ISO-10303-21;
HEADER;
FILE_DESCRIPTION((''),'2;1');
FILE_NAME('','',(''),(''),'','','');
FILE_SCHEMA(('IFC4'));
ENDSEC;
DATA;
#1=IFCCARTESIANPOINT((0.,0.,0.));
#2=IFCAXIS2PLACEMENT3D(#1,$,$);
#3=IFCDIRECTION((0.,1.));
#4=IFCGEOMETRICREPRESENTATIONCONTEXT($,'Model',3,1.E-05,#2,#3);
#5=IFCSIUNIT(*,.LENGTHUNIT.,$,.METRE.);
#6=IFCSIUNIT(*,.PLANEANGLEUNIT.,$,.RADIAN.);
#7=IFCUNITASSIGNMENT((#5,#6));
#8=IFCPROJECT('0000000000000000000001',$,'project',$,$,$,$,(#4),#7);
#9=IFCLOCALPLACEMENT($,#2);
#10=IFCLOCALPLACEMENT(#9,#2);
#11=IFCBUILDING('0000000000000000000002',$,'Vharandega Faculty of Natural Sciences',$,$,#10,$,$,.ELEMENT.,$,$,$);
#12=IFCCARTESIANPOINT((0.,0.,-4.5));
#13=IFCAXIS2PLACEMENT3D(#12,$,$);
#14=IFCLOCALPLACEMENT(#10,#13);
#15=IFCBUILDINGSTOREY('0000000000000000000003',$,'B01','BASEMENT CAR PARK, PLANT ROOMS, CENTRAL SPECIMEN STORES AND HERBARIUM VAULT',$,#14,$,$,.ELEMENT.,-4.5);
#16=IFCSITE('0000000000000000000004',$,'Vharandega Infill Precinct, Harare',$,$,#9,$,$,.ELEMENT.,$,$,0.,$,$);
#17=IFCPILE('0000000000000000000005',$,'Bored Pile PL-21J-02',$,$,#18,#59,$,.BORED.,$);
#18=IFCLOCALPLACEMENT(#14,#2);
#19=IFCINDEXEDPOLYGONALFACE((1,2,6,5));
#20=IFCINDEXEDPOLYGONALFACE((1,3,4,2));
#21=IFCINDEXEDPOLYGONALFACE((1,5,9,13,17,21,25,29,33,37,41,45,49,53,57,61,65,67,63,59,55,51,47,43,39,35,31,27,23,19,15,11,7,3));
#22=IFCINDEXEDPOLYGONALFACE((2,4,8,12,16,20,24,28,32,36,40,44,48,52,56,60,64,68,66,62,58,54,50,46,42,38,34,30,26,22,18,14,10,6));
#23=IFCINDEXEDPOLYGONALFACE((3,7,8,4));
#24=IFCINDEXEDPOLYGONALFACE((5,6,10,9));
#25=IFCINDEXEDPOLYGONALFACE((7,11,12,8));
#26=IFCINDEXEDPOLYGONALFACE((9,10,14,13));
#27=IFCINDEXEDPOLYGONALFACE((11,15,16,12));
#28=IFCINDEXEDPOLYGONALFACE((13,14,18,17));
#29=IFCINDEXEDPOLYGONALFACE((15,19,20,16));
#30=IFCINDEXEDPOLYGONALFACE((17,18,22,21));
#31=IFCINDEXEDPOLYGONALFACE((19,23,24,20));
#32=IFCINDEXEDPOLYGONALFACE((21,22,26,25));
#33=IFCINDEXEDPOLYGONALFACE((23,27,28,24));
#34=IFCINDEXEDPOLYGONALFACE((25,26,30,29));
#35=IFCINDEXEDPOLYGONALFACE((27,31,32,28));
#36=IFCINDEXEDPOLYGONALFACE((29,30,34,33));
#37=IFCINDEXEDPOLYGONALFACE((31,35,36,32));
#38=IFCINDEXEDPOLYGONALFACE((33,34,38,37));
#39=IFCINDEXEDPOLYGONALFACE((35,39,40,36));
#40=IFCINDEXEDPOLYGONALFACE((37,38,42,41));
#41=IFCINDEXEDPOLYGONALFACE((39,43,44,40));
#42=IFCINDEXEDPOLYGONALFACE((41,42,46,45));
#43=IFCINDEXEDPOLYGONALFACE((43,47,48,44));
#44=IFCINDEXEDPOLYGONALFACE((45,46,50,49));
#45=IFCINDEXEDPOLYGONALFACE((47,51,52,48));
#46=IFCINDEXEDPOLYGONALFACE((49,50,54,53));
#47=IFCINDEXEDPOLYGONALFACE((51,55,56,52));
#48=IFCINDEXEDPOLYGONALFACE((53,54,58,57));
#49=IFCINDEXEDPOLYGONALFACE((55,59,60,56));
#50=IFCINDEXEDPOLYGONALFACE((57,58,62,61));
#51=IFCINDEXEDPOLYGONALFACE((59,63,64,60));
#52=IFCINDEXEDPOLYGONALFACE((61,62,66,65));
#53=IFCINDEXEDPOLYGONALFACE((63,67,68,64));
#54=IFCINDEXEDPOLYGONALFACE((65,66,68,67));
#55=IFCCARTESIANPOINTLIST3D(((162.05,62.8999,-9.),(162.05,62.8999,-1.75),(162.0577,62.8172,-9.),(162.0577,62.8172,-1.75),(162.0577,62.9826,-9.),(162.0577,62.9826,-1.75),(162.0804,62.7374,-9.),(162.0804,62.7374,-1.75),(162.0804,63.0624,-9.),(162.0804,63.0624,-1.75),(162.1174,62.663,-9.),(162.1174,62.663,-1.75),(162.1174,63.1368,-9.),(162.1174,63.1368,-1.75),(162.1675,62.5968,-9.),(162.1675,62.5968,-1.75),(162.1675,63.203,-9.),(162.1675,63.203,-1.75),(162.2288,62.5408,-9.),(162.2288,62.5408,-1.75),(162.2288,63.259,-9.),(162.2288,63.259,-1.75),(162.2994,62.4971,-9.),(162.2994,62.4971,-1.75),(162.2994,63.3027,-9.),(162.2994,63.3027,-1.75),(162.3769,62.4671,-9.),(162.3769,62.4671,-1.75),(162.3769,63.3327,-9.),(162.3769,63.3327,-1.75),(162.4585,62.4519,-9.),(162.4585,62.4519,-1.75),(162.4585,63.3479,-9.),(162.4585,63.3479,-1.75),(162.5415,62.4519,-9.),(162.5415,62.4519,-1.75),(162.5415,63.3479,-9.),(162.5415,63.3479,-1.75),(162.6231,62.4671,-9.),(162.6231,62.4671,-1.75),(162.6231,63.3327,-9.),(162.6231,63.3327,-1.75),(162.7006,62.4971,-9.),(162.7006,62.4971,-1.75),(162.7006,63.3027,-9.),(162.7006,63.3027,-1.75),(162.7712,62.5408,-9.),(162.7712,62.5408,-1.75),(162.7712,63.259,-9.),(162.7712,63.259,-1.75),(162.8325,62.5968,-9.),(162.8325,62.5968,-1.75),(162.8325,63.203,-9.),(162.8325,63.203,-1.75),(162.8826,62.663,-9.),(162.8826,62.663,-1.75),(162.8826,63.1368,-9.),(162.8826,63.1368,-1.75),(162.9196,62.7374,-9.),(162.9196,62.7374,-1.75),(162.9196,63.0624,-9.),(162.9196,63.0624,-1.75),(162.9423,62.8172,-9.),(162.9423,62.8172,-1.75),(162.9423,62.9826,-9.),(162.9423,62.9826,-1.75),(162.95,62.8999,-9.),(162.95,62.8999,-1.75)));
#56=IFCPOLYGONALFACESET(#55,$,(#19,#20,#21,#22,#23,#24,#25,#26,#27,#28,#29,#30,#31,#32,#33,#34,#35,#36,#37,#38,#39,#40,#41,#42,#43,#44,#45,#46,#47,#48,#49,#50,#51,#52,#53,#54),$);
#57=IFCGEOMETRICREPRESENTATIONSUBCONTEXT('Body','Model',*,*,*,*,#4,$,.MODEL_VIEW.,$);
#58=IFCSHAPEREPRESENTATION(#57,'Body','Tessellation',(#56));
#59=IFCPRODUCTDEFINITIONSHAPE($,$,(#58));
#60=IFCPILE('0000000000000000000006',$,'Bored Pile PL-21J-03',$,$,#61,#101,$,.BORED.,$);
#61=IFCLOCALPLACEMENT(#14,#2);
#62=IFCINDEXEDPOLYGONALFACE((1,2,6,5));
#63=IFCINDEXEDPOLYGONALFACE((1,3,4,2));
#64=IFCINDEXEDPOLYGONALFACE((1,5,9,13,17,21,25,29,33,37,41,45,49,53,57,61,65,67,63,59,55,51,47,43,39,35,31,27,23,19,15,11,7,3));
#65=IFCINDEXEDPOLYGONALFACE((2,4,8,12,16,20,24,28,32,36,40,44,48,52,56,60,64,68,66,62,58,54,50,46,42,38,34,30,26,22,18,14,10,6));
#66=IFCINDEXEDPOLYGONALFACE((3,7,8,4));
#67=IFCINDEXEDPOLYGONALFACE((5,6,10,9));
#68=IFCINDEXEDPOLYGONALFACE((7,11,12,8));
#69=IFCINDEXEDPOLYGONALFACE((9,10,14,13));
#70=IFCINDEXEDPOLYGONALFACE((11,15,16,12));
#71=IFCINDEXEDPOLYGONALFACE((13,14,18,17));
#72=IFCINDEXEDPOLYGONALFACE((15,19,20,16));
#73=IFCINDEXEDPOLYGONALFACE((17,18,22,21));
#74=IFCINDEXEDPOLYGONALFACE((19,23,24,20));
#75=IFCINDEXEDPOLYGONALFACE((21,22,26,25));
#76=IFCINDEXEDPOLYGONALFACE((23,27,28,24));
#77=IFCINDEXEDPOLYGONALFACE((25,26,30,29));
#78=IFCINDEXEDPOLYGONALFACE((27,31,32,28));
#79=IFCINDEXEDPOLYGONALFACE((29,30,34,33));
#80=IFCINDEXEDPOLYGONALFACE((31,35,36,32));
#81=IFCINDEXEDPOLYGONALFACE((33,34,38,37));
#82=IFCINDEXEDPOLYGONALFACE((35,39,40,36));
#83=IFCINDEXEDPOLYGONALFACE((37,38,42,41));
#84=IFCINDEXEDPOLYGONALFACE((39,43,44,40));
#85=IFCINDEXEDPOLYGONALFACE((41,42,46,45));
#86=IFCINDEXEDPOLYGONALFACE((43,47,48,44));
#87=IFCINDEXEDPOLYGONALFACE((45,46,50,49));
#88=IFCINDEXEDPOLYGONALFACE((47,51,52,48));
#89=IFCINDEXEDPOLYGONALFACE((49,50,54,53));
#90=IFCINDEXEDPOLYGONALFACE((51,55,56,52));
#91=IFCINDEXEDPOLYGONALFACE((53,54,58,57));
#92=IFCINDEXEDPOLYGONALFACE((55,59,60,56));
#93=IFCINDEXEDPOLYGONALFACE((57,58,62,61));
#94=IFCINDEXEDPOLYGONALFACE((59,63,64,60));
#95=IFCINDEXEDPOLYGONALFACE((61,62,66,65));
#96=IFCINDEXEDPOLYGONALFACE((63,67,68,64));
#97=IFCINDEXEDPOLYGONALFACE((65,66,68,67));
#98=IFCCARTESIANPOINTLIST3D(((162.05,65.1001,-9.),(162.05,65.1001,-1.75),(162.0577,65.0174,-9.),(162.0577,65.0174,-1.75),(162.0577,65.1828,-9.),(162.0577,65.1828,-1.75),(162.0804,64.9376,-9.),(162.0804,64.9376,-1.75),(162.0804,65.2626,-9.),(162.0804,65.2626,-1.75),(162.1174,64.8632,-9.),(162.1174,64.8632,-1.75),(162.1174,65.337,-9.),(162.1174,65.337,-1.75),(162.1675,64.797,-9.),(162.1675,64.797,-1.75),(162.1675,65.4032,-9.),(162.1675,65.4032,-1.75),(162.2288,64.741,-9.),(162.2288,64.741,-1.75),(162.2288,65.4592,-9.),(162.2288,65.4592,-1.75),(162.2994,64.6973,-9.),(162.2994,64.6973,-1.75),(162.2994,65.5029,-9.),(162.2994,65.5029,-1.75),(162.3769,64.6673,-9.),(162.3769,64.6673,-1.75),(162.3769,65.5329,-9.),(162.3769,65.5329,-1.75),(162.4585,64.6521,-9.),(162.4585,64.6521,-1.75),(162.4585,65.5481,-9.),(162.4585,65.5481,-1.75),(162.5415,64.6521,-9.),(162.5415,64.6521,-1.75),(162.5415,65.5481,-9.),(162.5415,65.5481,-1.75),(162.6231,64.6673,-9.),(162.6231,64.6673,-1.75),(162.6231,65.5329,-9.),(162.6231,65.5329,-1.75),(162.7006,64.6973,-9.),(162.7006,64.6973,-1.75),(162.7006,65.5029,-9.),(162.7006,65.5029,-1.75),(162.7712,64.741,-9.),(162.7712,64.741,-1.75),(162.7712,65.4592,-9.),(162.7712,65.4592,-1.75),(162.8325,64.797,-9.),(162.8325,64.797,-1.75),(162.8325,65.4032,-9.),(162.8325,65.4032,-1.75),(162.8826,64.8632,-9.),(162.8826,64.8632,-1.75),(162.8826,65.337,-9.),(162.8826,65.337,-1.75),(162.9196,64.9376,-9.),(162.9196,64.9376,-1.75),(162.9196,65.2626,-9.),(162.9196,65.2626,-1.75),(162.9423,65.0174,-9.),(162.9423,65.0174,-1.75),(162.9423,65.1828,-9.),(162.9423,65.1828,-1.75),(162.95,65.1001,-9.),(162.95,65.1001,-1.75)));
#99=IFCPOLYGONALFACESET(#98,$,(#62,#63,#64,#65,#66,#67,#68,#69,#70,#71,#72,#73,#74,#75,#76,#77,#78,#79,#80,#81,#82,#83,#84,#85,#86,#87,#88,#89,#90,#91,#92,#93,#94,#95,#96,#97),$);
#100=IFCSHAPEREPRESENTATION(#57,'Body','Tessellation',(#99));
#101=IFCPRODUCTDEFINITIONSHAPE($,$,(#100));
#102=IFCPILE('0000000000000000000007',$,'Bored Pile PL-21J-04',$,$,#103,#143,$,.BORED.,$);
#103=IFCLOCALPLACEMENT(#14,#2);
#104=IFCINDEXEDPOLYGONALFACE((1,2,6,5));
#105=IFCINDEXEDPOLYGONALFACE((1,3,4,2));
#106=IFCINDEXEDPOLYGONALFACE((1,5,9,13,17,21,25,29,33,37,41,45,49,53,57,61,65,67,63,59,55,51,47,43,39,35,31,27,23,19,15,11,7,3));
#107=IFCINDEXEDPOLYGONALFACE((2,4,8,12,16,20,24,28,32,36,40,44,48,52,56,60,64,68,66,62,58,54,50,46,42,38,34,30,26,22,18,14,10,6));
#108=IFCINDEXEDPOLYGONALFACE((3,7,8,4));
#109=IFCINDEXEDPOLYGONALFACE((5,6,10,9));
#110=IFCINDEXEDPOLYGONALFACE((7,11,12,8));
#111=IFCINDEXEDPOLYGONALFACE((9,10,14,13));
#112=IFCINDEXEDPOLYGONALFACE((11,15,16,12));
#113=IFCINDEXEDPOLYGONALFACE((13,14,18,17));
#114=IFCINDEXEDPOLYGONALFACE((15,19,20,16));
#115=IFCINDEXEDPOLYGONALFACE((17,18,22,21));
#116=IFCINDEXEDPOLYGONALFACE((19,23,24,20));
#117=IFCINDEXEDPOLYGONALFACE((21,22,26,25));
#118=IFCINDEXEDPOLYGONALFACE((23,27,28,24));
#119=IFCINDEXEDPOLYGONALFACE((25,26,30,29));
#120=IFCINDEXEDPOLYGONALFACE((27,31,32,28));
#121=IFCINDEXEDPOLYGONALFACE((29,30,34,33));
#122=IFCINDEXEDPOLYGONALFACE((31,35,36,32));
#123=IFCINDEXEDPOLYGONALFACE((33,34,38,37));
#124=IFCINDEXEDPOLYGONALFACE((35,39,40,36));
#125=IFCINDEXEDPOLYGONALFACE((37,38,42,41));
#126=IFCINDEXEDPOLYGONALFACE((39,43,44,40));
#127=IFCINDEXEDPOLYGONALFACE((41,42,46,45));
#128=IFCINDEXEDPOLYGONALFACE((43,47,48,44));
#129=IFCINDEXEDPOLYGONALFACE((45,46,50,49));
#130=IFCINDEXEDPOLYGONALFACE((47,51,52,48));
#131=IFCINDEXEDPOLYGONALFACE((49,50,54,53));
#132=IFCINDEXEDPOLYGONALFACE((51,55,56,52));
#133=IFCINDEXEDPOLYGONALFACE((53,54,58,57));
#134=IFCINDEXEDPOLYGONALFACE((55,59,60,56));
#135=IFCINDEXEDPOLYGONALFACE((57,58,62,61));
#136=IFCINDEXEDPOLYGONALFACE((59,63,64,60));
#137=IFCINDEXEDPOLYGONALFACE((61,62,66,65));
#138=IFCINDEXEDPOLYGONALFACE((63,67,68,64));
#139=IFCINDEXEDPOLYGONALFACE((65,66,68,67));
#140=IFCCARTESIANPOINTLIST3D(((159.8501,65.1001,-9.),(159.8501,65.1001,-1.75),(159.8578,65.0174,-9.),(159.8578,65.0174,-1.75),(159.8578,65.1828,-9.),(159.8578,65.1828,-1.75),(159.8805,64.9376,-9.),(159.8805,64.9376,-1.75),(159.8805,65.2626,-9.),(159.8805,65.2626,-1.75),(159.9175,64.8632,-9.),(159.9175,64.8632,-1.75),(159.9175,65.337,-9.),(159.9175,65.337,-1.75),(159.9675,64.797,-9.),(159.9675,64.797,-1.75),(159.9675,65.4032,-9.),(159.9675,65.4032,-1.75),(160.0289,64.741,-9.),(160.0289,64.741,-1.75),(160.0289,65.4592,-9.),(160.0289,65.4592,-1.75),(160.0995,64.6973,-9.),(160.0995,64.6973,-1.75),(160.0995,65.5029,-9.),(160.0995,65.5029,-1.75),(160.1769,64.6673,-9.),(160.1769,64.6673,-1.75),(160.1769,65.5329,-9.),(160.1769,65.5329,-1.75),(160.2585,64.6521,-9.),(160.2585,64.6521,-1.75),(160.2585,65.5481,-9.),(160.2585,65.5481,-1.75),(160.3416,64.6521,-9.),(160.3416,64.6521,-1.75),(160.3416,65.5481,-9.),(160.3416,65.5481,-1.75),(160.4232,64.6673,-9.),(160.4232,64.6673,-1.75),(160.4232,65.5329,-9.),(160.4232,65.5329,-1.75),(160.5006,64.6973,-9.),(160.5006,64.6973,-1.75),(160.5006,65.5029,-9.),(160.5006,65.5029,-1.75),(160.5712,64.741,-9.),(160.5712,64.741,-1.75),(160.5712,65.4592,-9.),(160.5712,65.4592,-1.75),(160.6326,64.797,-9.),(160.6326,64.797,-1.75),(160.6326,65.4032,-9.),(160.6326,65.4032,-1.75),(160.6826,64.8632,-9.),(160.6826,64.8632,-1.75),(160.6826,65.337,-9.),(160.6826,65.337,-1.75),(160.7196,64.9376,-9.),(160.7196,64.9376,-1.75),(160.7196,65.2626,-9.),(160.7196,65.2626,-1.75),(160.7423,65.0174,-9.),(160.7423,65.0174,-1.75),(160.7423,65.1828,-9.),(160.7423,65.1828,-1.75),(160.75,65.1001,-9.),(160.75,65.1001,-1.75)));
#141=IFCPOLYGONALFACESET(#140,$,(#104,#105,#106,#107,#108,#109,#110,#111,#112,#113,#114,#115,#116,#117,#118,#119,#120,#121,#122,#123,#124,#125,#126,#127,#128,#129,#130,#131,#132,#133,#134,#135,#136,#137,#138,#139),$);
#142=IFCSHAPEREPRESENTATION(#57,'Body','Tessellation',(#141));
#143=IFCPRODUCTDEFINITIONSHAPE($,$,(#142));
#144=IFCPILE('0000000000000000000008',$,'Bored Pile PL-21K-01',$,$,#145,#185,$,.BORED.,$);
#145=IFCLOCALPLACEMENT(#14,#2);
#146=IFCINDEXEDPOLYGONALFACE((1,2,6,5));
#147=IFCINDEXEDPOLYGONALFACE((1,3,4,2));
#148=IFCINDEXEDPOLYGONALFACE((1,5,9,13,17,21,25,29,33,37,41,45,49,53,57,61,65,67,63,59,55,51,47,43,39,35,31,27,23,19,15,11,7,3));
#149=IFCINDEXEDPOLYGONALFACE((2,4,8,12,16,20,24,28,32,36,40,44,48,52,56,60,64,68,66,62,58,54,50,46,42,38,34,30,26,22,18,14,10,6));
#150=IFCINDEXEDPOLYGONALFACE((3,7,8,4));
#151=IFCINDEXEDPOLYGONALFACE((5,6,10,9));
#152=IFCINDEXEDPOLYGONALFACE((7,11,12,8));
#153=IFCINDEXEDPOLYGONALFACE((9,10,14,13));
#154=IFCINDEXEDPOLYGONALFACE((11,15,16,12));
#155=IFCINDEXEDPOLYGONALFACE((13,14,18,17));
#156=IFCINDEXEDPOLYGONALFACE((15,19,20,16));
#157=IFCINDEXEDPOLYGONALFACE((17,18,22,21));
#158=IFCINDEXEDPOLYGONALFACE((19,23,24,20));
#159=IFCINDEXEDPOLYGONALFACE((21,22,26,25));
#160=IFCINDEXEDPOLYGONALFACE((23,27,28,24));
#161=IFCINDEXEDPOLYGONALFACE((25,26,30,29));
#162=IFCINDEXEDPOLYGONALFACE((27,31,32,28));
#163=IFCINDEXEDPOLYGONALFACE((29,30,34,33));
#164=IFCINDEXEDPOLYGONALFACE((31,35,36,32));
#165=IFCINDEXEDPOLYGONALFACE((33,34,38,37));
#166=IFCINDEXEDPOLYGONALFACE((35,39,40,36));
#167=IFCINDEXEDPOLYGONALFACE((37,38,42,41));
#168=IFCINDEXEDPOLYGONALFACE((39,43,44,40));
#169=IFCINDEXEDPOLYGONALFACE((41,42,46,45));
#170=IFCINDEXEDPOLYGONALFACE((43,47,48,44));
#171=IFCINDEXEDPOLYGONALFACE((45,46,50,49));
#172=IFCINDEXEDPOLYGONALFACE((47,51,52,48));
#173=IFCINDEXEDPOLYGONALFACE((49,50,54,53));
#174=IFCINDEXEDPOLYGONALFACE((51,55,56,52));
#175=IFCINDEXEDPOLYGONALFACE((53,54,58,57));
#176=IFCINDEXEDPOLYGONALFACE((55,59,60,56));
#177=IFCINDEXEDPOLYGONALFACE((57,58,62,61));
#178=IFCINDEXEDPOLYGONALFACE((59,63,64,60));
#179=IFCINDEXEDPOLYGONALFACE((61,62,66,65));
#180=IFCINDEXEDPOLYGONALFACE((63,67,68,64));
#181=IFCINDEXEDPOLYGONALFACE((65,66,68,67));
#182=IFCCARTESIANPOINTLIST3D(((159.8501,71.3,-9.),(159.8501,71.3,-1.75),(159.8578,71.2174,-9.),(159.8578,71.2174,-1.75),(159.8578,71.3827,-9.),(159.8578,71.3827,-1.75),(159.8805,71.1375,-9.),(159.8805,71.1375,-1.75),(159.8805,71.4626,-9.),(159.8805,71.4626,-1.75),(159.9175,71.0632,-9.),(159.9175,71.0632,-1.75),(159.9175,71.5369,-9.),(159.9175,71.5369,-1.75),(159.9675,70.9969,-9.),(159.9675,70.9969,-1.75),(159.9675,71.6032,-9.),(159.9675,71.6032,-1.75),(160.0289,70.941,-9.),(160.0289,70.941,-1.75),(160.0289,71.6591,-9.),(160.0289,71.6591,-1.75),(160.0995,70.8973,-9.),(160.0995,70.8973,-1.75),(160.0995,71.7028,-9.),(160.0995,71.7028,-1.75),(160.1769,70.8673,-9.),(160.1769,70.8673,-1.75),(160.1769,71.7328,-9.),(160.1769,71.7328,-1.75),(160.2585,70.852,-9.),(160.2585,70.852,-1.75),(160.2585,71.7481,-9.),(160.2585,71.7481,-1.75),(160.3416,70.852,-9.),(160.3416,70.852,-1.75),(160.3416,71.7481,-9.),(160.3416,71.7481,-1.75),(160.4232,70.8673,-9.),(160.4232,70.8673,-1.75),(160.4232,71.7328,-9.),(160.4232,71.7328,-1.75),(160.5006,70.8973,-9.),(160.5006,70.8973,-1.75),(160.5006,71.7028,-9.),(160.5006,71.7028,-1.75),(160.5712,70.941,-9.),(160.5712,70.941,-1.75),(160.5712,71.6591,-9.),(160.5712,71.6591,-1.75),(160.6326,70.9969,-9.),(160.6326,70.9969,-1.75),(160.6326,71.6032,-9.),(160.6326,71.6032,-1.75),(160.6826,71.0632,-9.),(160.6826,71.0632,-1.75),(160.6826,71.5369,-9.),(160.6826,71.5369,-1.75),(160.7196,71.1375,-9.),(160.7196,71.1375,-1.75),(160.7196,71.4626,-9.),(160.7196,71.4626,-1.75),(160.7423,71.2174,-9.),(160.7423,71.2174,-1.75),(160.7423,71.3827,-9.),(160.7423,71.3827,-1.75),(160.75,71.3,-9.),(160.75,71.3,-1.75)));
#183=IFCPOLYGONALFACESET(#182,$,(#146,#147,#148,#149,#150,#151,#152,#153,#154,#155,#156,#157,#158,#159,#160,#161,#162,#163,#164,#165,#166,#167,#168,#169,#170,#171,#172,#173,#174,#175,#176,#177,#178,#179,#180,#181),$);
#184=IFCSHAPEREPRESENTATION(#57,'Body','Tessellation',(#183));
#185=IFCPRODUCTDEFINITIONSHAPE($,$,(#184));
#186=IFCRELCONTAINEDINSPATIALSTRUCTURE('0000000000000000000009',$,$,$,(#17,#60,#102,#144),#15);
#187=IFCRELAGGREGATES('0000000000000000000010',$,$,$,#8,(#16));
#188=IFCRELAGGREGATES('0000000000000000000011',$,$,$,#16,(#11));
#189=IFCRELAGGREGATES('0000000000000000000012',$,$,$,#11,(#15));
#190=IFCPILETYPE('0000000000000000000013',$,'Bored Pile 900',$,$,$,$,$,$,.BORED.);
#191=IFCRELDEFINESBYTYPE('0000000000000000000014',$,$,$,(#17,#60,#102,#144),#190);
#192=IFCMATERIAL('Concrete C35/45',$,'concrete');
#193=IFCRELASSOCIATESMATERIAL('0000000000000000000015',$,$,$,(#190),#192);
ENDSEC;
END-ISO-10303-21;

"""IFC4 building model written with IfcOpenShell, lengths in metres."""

from ifc_helpers import new_model, si_unit, direction, frame, origin, origin_2d, place, context, subcontext, project, spatial, circle, extrude, material, material_profile, profile_set, type_object, element, save


model = new_model("IFC4")

# Units and contexts
model_context = context("Model", 3, precision=1e-05, world=origin(), true_north=direction((0.0, 1.0)))
body_context = subcontext(model_context, "Body", "Model", "MODEL_VIEW")
ifc_project = project(units=[si_unit("LENGTHUNIT", "METRE"), si_unit("PLANEANGLEUNIT", "RADIAN")], contexts=[model_context])

# Site, building, storey
site_placement = place(None, origin())
site = spatial("IfcSite", under=ifc_project, at=site_placement, Name="Vharandega Infill Precinct, Harare", CompositionType="ELEMENT", RefElevation=0.0)
building_placement = place(site_placement, origin())
building = spatial("IfcBuilding", under=site, at=building_placement, Name="Vharandega Faculty of Natural Sciences", CompositionType="ELEMENT")
storey_placement = place(building_placement, frame((0.0, 0.0, -4.5)))
storey = spatial("IfcBuildingStorey", under=building, at=storey_placement, Name="B01", Description="BASEMENT CAR PARK, PLANT ROOMS, CENTRAL SPECIMEN STORES AND HERBARIUM VAULT", CompositionType="ELEMENT", Elevation=-4.5)

# Piles
ifc_material_1 = material(Name="Concrete C35/45", Category="concrete")
ifc_material_profile_1 = material_profile(ifc_material_1, circle(Radius=0.45, at=origin_2d()), Name="PILE 900")
ifc_profile_set_1 = profile_set([ifc_material_profile_1], Name="Concrete C35/45")
pile_type = type_object("IfcPileType", Name="Bored Pile 900", PredefinedType="BORED", material=ifc_profile_set_1)
for number, where, z_axis, x_axis, name in (
    (1, (162.5, 62.8999, -1.75), (0.0, 0.0, -1.0), (1.0, 0.0, 0.0), "Bored Pile PL-21J-02"),
    (2, (162.5, 65.1001, -1.75), (0.0, 0.0, -1.0), (1.0, 0.0, 0.0), "Bored Pile PL-21J-03"),
    (3, (160.3, 65.1001, -1.75), (0.0, 0.0, -1.0), (1.0, 0.0, 0.0), "Bored Pile PL-21J-04"),
    (4, (160.3, 71.3, -1.75), (0.0, 0.0, -1.0), (1.0, 0.0, 0.0), "Bored Pile PL-21K-01"),
):
    element("IfcPile", number, at=place(storey_placement, frame(where, z_axis=z_axis, x_axis=x_axis)), inside=storey, type_object=pile_type, Name=name, PredefinedType="BORED", context=body_context, shape_type="SweptSolid", body=[
        extrude(circle(Radius=0.45, at=origin_2d()), origin(), (0.0, 0.0, 1.0), 7.25),
    ])

save(model, "model.ifc")
